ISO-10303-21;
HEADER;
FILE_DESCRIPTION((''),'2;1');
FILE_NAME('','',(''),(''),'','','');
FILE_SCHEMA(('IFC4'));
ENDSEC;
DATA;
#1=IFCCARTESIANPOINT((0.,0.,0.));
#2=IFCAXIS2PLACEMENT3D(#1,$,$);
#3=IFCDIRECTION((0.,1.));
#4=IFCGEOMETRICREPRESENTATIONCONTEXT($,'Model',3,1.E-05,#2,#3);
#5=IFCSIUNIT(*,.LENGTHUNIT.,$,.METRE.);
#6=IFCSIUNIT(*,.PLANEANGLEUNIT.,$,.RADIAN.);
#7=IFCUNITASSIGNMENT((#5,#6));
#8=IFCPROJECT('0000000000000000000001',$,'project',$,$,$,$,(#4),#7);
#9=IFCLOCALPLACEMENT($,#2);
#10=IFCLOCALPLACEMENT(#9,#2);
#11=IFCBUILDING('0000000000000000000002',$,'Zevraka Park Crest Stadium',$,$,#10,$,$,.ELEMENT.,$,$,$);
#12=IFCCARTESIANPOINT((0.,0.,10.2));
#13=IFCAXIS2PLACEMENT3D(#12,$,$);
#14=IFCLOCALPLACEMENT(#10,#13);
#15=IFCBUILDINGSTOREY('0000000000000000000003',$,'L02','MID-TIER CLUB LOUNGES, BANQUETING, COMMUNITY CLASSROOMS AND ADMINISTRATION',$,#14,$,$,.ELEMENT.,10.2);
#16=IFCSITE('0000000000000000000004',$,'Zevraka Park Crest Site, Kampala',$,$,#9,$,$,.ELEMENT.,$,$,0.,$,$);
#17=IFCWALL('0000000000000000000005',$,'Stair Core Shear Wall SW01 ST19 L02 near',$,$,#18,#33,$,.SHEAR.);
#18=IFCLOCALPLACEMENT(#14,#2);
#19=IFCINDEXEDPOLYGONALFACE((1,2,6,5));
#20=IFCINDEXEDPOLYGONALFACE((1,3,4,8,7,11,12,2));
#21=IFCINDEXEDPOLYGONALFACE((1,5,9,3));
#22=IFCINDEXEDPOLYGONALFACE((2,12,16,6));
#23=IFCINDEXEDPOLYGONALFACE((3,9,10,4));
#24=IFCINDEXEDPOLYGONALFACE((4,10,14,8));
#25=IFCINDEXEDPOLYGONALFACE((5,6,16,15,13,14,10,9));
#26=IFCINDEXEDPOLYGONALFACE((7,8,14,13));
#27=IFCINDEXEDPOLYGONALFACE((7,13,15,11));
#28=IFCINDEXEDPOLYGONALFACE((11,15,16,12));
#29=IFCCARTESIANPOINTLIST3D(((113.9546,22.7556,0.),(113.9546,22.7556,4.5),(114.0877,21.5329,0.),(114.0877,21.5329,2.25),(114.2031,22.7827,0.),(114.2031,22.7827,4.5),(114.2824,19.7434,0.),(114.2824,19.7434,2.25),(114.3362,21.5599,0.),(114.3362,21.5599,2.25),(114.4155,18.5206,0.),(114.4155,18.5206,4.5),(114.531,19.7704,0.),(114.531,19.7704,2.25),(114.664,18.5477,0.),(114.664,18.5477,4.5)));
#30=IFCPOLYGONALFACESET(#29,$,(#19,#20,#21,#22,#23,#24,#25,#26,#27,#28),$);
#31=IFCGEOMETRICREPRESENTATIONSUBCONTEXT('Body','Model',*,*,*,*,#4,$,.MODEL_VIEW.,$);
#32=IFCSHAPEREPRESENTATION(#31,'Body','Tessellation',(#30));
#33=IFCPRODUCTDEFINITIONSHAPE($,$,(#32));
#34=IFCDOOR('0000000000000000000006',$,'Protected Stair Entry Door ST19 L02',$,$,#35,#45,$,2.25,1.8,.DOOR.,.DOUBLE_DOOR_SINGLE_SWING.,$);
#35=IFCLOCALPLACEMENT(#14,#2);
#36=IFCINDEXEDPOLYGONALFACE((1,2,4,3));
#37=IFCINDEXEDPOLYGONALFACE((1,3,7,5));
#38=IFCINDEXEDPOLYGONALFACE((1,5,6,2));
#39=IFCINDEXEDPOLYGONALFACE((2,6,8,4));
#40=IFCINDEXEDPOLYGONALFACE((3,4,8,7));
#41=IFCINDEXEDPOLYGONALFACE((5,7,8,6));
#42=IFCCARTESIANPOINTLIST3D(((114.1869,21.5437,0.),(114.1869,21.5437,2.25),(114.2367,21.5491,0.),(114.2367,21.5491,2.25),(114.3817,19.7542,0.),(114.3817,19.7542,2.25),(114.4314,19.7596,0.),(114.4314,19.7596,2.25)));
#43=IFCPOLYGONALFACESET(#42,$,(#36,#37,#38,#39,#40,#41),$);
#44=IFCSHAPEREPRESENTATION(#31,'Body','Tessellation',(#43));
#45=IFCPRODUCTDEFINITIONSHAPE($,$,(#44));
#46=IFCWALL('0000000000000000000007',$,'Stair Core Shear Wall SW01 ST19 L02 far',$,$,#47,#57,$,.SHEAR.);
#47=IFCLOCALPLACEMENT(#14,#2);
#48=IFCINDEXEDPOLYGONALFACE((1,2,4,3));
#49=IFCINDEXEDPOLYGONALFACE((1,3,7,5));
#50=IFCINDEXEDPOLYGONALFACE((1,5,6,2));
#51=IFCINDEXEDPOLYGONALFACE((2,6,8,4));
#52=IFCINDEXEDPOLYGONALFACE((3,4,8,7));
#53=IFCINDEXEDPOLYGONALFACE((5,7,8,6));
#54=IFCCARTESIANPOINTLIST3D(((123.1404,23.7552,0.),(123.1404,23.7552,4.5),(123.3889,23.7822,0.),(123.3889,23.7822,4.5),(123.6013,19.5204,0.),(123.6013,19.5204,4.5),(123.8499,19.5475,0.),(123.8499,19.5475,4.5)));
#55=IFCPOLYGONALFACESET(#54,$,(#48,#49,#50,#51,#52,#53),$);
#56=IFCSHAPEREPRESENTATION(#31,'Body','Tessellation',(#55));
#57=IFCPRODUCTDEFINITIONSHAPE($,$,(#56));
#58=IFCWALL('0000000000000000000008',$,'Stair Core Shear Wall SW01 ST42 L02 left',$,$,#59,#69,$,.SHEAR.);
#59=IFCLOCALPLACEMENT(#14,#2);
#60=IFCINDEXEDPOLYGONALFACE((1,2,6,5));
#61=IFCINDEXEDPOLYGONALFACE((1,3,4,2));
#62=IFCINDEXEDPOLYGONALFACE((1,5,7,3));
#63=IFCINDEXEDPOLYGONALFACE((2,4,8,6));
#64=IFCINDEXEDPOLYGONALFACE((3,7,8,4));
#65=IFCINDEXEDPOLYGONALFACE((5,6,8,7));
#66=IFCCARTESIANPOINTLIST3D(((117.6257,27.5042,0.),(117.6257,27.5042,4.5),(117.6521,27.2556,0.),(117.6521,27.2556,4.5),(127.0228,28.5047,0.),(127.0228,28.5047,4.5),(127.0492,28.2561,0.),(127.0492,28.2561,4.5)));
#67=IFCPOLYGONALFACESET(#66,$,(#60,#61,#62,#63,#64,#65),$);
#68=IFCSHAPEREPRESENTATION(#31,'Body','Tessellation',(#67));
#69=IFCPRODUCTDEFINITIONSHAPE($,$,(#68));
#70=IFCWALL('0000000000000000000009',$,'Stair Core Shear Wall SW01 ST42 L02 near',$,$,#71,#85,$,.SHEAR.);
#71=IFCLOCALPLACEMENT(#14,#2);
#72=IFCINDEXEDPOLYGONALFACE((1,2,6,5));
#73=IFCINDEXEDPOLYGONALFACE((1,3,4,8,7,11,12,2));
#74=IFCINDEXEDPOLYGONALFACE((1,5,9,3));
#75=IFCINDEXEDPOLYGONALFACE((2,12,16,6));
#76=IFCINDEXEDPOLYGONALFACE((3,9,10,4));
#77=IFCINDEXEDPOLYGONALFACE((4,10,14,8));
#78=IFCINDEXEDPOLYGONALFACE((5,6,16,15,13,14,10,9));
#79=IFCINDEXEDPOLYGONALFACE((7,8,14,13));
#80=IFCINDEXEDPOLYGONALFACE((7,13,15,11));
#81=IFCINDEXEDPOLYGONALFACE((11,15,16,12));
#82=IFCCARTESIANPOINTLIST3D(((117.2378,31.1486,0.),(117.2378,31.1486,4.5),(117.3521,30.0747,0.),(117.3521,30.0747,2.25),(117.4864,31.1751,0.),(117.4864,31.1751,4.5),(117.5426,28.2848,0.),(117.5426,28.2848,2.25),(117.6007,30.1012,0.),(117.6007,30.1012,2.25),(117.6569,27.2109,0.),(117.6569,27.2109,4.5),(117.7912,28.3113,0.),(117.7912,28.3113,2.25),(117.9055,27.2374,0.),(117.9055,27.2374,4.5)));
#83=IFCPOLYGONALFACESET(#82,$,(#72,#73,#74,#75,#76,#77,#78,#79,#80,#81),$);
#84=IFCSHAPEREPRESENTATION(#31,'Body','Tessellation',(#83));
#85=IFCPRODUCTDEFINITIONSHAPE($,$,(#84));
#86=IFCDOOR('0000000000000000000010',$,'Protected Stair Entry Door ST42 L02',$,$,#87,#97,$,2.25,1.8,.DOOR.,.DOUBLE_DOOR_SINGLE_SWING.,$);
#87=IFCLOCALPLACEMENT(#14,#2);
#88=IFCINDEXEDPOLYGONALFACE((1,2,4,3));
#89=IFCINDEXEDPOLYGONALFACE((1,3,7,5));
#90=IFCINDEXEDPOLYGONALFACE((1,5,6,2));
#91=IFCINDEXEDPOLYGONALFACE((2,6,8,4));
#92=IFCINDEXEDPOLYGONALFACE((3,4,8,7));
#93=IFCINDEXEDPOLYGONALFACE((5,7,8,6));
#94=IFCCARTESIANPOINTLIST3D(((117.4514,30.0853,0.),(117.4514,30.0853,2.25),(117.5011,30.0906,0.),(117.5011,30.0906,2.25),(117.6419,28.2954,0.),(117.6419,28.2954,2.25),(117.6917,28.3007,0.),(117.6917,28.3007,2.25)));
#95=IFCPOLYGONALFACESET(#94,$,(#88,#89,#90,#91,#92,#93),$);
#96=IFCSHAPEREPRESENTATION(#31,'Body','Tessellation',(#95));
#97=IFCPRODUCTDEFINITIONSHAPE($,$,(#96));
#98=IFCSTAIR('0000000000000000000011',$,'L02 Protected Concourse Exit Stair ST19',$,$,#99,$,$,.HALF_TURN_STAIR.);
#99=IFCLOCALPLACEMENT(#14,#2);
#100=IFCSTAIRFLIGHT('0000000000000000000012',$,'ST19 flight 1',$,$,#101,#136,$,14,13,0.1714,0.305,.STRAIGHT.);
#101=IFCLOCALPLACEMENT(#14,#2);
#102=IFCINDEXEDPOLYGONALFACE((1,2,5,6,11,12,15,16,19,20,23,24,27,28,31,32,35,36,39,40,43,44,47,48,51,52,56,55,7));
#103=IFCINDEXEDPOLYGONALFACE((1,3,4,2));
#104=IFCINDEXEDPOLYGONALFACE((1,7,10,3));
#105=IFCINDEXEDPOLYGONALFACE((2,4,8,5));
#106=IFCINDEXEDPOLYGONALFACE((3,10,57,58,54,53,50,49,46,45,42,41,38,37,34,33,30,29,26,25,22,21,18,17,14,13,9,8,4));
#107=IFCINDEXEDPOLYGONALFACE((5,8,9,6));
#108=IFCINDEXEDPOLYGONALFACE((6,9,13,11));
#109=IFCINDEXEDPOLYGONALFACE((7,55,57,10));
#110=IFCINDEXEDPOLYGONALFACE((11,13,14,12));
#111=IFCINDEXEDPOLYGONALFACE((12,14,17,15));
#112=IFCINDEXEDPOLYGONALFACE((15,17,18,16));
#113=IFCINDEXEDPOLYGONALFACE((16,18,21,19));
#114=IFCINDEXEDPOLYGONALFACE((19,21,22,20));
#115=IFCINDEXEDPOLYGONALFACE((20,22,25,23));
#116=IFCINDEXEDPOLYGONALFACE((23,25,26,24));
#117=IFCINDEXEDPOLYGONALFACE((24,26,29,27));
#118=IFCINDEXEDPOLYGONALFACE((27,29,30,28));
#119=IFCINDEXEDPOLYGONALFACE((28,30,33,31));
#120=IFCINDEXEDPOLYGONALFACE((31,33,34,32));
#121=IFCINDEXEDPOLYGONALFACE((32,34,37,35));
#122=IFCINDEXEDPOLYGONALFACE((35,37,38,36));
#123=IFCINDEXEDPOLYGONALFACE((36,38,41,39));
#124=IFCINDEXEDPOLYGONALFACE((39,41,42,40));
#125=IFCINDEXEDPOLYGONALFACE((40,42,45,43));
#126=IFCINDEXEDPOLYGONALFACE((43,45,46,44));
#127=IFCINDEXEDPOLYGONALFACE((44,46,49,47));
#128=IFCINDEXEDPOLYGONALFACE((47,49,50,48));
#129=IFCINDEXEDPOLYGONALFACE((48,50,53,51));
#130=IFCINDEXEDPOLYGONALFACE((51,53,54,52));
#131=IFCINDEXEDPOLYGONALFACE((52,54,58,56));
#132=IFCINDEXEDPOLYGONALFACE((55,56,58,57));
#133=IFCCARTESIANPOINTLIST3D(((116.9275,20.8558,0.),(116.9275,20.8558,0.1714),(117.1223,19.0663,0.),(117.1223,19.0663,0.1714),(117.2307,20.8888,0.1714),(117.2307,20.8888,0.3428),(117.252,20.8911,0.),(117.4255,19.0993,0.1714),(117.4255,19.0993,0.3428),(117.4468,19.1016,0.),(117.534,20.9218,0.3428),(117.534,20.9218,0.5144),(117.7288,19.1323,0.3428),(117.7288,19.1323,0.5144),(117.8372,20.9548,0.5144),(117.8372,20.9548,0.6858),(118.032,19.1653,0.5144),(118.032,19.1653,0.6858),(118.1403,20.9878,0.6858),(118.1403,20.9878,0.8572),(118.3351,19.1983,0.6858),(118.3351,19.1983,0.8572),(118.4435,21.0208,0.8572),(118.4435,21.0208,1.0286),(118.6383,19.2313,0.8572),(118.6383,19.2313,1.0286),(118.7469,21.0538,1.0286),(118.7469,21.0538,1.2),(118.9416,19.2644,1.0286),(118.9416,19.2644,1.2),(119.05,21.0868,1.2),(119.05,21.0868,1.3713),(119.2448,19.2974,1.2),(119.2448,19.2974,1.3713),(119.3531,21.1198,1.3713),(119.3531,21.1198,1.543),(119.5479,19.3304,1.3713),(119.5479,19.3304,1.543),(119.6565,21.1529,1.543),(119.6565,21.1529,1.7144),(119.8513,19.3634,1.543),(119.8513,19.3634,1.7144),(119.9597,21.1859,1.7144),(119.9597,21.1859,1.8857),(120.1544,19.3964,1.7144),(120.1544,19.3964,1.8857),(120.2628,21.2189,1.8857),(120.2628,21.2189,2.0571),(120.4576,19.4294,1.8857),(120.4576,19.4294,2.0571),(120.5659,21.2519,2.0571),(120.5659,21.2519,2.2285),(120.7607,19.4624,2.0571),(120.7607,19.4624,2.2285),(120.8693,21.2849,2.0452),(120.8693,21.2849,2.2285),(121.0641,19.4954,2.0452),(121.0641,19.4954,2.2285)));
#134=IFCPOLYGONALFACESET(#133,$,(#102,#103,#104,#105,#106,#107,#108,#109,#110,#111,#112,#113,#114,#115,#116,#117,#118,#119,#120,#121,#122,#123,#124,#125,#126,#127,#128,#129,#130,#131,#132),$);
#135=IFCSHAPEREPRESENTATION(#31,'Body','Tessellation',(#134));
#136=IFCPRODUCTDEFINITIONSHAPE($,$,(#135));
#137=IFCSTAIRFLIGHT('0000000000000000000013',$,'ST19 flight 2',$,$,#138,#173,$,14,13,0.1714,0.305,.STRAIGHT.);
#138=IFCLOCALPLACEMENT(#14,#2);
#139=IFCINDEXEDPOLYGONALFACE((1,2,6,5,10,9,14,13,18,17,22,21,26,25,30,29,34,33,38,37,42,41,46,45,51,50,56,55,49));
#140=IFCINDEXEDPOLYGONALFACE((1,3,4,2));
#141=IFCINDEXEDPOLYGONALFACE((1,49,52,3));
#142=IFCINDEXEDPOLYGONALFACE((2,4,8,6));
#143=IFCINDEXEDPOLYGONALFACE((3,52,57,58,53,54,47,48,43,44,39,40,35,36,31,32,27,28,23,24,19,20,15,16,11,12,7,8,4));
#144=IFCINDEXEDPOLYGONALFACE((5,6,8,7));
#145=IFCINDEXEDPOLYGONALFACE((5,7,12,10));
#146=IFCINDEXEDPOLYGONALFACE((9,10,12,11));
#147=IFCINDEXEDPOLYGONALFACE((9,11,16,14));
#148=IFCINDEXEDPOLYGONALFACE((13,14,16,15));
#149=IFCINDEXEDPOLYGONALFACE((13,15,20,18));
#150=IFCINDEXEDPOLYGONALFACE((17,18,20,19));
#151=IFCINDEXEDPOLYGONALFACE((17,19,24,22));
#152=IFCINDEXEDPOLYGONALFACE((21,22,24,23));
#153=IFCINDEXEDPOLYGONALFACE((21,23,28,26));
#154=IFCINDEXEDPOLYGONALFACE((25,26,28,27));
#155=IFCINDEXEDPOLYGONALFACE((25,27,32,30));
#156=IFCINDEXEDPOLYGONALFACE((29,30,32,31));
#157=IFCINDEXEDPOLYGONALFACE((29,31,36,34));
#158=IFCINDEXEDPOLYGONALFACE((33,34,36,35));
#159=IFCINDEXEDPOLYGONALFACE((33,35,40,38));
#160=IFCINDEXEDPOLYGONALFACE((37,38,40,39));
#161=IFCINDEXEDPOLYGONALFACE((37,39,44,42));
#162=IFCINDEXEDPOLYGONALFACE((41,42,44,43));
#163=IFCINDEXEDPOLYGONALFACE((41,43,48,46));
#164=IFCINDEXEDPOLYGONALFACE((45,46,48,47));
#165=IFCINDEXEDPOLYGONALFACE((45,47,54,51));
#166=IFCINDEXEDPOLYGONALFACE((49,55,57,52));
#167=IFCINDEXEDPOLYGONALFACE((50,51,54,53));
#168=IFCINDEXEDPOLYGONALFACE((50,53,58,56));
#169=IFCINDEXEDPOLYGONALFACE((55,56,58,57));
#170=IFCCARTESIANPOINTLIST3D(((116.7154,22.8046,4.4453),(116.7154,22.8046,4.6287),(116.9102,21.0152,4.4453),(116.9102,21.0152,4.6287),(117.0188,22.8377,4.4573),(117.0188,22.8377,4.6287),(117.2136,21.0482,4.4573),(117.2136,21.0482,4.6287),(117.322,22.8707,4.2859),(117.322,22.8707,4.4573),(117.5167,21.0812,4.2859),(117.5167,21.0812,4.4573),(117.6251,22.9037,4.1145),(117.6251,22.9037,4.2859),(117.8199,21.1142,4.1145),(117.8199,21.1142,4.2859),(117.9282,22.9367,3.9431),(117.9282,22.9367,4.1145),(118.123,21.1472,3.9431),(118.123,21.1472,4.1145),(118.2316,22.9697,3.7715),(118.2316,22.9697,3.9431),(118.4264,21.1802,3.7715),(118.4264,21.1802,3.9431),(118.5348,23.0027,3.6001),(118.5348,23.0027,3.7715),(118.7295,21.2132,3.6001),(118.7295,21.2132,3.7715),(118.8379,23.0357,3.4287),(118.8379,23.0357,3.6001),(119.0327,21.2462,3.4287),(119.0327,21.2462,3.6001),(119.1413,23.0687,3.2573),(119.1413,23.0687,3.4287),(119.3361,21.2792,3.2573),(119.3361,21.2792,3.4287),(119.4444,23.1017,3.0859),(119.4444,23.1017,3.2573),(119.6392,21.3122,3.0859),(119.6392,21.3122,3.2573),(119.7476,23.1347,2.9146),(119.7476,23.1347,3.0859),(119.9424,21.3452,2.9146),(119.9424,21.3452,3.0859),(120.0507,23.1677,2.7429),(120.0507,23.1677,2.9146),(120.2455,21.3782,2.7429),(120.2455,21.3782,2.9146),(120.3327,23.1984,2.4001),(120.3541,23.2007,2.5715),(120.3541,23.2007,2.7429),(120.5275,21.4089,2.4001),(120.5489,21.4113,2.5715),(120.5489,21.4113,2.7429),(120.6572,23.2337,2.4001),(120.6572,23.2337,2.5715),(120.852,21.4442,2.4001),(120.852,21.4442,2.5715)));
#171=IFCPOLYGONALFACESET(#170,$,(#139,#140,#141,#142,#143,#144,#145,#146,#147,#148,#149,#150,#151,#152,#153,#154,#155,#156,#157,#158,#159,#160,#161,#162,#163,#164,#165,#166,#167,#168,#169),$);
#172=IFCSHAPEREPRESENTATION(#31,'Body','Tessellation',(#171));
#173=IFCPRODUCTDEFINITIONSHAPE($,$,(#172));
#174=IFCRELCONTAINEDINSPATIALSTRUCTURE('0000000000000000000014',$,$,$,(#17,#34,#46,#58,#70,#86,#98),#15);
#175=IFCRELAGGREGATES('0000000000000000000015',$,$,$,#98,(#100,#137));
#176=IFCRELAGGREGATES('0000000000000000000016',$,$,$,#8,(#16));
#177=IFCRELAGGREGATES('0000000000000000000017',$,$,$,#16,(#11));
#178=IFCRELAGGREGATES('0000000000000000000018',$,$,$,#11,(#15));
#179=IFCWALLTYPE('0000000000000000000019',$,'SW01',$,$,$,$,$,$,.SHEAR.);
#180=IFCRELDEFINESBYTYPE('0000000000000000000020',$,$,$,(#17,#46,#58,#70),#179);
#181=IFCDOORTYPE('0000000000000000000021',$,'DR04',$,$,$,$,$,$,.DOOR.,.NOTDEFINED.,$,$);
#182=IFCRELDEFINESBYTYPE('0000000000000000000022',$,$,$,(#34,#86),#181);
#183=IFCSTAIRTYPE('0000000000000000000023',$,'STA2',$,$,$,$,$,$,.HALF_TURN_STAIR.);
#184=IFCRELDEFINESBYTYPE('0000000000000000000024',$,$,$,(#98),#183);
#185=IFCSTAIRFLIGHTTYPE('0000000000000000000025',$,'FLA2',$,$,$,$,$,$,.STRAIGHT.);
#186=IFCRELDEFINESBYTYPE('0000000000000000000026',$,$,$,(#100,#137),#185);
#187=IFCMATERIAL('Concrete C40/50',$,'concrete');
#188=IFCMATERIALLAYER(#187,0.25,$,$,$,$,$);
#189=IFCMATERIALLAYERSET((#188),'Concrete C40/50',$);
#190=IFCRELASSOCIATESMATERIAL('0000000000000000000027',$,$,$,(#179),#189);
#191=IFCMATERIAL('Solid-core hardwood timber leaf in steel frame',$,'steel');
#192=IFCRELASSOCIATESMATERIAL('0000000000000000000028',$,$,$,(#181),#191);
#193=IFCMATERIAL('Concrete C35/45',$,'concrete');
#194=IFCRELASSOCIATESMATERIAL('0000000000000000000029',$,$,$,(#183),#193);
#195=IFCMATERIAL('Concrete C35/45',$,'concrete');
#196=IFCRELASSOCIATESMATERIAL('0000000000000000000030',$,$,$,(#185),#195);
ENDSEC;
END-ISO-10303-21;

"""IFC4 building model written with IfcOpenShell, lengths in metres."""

from ifc_helpers import new_model, si_unit, direction, frame, frame_2d, origin, place, context, subcontext, project, spatial, polyline, rectangle, outline, extrude, material, layer, layer_set, type_object, element, fill, aggregate, save


model = new_model("IFC4")

# Units and contexts
model_context = context("Model", 3, precision=1e-05, world=origin(), true_north=direction((0.0, 1.0)))
body_context = subcontext(model_context, "Body", "Model", "MODEL_VIEW")
ifc_project = project(units=[si_unit("LENGTHUNIT", "METRE"), si_unit("PLANEANGLEUNIT", "RADIAN")], contexts=[model_context])

# Site, building, storey
site_placement = place(None, origin())
site = spatial("IfcSite", under=ifc_project, at=site_placement, Name="Zevraka Park Crest Site, Kampala", CompositionType="ELEMENT", RefElevation=0.0)
building_placement = place(site_placement, origin())
building = spatial("IfcBuilding", under=site, at=building_placement, Name="Zevraka Park Crest Stadium", CompositionType="ELEMENT")
storey_placement = place(building_placement, frame((0.0, 0.0, 10.2)))
storey = spatial("IfcBuildingStorey", under=building, at=storey_placement, Name="L02", Description="MID-TIER CLUB LOUNGES, BANQUETING, COMMUNITY CLASSROOMS AND ADMINISTRATION", CompositionType="ELEMENT", Elevation=10.2)

# Shared definitions
ifc_material_1 = material(Name="Concrete C40/50", Category="concrete")
ifc_layer_1 = layer(ifc_material_1, 0.25)
ifc_layer_set_1 = layer_set([ifc_layer_1], Name="Concrete C40/50")
wall_type_1 = type_object("IfcWallType", Name="SW01", PredefinedType="SHEAR", material=ifc_layer_set_1)

# Wall, opening, door
wall_1_placement = place(storey_placement, frame((114.0789, 22.769, 0.0), z_axis=(0.0, 0.0, 1.0), x_axis=(0.108198, -0.994129, 0.0)))
wall_1 = element("IfcWall", 1, at=wall_1_placement, inside=storey, type_object=wall_type_1, Name="Stair Core Shear Wall SW01 ST19 L02 near", PredefinedType="SHEAR", context=body_context, shape_type="SweptSolid", body=[
    extrude(rectangle(XDim=4.26, YDim=0.25, at=frame_2d((2.1299, 0.0))), origin(), (0.0, 0.0, 1.0), 4.5),
])
opening_1_placement = place(wall_1_placement, frame((1.23, 0.0, 0.0)))
opening_1 = element("IfcOpeningElement", 2, at=opening_1_placement, cuts=wall_1, PredefinedType="OPENING", context=body_context, shape_type="SweptSolid", body=[
    extrude(rectangle(XDim=1.8, YDim=2.25, at=frame_2d((0.8999, 1.125))), frame((0.0, 0.135, 0.0), z_axis=(0.0, -1.0, 0.0), x_axis=(1.0, 0.0, 0.0)), (0.0, 0.0, 1.0), 0.27),
])
ifc_material_2 = material(Name="Solid-core hardwood timber leaf in steel frame", Category="steel")
door_type = type_object("IfcDoorType", Name="DR04", OperationType="NOTDEFINED", PredefinedType="DOOR", material=ifc_material_2)
door_1_placement = place(opening_1_placement, origin())
door_1 = element("IfcDoor", 3, at=door_1_placement, inside=storey, type_object=door_type, Name="Protected Stair Entry Door ST19 L02", OperationType="DOUBLE_DOOR_SINGLE_SWING", OverallHeight=2.25, OverallWidth=1.8, PredefinedType="DOOR", context=body_context, shape_type="SweptSolid", body=[
    extrude(rectangle(XDim=1.8, YDim=2.25, at=frame_2d((0.8999, 1.125))), frame((0.0, 0.0249, 0.0), z_axis=(0.0, -1.0, 0.0), x_axis=(1.0, 0.0, 0.0)), (0.0, 0.0, 1.0), 0.05),
])
fill(opening_1, door_1)

# Walls
wall_2_placement = place(storey_placement, frame((123.7256, 19.5339, 0.0), z_axis=(0.0, 0.0, 1.0), x_axis=(-0.108204, 0.994129, 0.0)))
element("IfcWall", 4, at=wall_2_placement, inside=storey, type_object=wall_type_1, Name="Stair Core Shear Wall SW01 ST19 L02 far", PredefinedType="SHEAR", context=body_context, shape_type="SweptSolid", body=[
    extrude(rectangle(XDim=4.2598, YDim=0.25, at=frame_2d((2.1299, 0.0))), origin(), (0.0, 0.0, 1.0), 4.5),
])
wall_3_placement = place(storey_placement, frame((117.6389, 27.3799, 0.0), z_axis=(0.0, 0.0, 1.0), x_axis=(0.99438, 0.105871, 0.0)))
element("IfcWall", 5, at=wall_3_placement, inside=storey, type_object=wall_type_1, Name="Stair Core Shear Wall SW01 ST42 L02 left", PredefinedType="SHEAR", context=body_context, shape_type="SweptSolid", body=[
    extrude(rectangle(XDim=9.4502, YDim=0.25, at=frame_2d((4.7251, 0.0))), origin(), (0.0, 0.0, 1.0), 4.5),
])

# Wall, opening, door
wall_4_placement = place(storey_placement, frame((117.3621, 31.1619, 0.0), z_axis=(0.0, 0.0, 1.0), x_axis=(0.105856, -0.994381, 0.0)))
wall_4 = element("IfcWall", 6, at=wall_4_placement, inside=storey, type_object=wall_type_1, Name="Stair Core Shear Wall SW01 ST42 L02 near", PredefinedType="SHEAR", context=body_context, shape_type="SweptSolid", body=[
    extrude(rectangle(XDim=3.96, YDim=0.25, at=frame_2d((1.98, 0.0))), origin(), (0.0, 0.0, 1.0), 4.5),
])
opening_2_placement = place(wall_4_placement, frame((1.0801, 0.0, 0.0)))
opening_2 = element("IfcOpeningElement", 7, at=opening_2_placement, cuts=wall_4, PredefinedType="OPENING", context=body_context, shape_type="SweptSolid", body=[
    extrude(rectangle(XDim=1.8, YDim=2.25, at=frame_2d((0.8999, 1.125))), frame((0.0, 0.135, 0.0), z_axis=(0.0, -1.0, 0.0), x_axis=(1.0, 0.0, 0.0)), (0.0, 0.0, 1.0), 0.27),
])
door_2_placement = place(opening_2_placement, origin())
door_2 = element("IfcDoor", 8, at=door_2_placement, inside=storey, type_object=door_type, Name="Protected Stair Entry Door ST42 L02", OperationType="DOUBLE_DOOR_SINGLE_SWING", OverallHeight=2.25, OverallWidth=1.8, PredefinedType="DOOR", context=body_context, shape_type="SweptSolid", body=[
    extrude(rectangle(XDim=1.8, YDim=2.25, at=frame_2d((0.8999, 1.125))), frame((0.0, 0.0249, 0.0), z_axis=(0.0, -1.0, 0.0), x_axis=(1.0, 0.0, 0.0)), (0.0, 0.0, 1.0), 0.05),
])
fill(opening_2, door_2)

# Stair, stair flights
ifc_material_3 = material(Name="Concrete C35/45", Category="concrete")
stair_type = type_object("IfcStairType", Name="STA2", PredefinedType="HALF_TURN_STAIR", material=ifc_material_3)
stair_placement = place(storey_placement, origin())
stair = element("IfcStair", 9, at=stair_placement, inside=storey, type_object=stair_type, Name="L02 Protected Concourse Exit Stair ST19", PredefinedType="HALF_TURN_STAIR")
ifc_material_4 = material(Name="Concrete C35/45", Category="concrete")
stair_flight_type = type_object("IfcStairFlightType", Name="FLA2", PredefinedType="STRAIGHT", material=ifc_material_4)
stair_flight_1_placement = place(storey_placement, frame((117.0249, 19.9612, 0.0), z_axis=(0.0, 0.0, 1.0), x_axis=(0.994128, 0.108215, 0.0)))
stair_flight_1 = element("IfcStairFlight", 10, at=stair_flight_1_placement, type_object=stair_flight_type, Name="ST19 flight 1", NumberOfRisers=14, NumberOfTreads=13, PredefinedType="STRAIGHT", RiserHeight=0.1714, TreadLength=0.305, context=body_context, shape_type="SweptSolid", body=[
    extrude(outline(polyline([(0.0, 0.0), (0.0, 0.1714), (0.3049, 0.1714), (0.3049, 0.3428), (0.6101, 0.3428), (0.6101, 0.5144), (0.915, 0.5144), (0.915, 0.6858), (1.22, 0.6858), (1.22, 0.8572), (1.5249, 0.8572), (1.5249, 1.0286), (1.8301, 1.0286), (1.8301, 1.2), (2.135, 1.2), (2.135, 1.3713), (2.4399, 1.3713), (2.4399, 1.543), (2.7451, 1.543), (2.7451, 1.7144), (3.05, 1.7144), (3.05, 1.8857), (3.355, 1.8857), (3.355, 2.0571), (3.6599, 2.0571), (3.6599, 2.2285), (3.9651, 2.2285), (3.9651, 2.3999), (3.9651, 2.0452), (0.3264, 0.0), (0.0, 0.0)])), frame((0.0, 0.8999, 0.0), z_axis=(0.0, -1.0, 0.0), x_axis=(1.0, 0.0, 0.0)), (0.0, 0.0, 1.0), 1.8),
])
stair_flight_2_placement = place(storey_placement, frame((120.7546, 22.3389, 2.4001), z_axis=(0.0, 0.0, 1.0), x_axis=(-0.994128, -0.108215, 0.0)))
stair_flight_2 = element("IfcStairFlight", 11, at=stair_flight_2_placement, type_object=stair_flight_type, Name="ST19 flight 2", NumberOfRisers=14, NumberOfTreads=13, PredefinedType="STRAIGHT", RiserHeight=0.1714, TreadLength=0.305, context=body_context, shape_type="SweptSolid", body=[
    extrude(outline(polyline([(0.0, 0.0), (0.0, 0.1714), (0.3049, 0.1714), (0.3049, 0.3428), (0.6101, 0.3428), (0.6101, 0.5144), (0.915, 0.5144), (0.915, 0.6858), (1.22, 0.6858), (1.22, 0.8572), (1.5249, 0.8572), (1.5249, 1.0286), (1.8301, 1.0286), (1.8301, 1.2), (2.135, 1.2), (2.135, 1.3713), (2.4399, 1.3713), (2.4399, 1.543), (2.7451, 1.543), (2.7451, 1.7144), (3.05, 1.7144), (3.05, 1.8857), (3.355, 1.8857), (3.355, 2.0571), (3.6599, 2.0571), (3.6599, 2.2285), (3.9651, 2.2285), (3.9651, 2.3999), (3.9651, 2.0452), (0.3264, 0.0), (0.0, 0.0)])), frame((0.0, 0.8999, 0.0), z_axis=(0.0, -1.0, 0.0), x_axis=(1.0, 0.0, 0.0)), (0.0, 0.0, 1.0), 1.8),
])
aggregate(stair, [stair_flight_1, stair_flight_2])

save(model, "model.ifc")
